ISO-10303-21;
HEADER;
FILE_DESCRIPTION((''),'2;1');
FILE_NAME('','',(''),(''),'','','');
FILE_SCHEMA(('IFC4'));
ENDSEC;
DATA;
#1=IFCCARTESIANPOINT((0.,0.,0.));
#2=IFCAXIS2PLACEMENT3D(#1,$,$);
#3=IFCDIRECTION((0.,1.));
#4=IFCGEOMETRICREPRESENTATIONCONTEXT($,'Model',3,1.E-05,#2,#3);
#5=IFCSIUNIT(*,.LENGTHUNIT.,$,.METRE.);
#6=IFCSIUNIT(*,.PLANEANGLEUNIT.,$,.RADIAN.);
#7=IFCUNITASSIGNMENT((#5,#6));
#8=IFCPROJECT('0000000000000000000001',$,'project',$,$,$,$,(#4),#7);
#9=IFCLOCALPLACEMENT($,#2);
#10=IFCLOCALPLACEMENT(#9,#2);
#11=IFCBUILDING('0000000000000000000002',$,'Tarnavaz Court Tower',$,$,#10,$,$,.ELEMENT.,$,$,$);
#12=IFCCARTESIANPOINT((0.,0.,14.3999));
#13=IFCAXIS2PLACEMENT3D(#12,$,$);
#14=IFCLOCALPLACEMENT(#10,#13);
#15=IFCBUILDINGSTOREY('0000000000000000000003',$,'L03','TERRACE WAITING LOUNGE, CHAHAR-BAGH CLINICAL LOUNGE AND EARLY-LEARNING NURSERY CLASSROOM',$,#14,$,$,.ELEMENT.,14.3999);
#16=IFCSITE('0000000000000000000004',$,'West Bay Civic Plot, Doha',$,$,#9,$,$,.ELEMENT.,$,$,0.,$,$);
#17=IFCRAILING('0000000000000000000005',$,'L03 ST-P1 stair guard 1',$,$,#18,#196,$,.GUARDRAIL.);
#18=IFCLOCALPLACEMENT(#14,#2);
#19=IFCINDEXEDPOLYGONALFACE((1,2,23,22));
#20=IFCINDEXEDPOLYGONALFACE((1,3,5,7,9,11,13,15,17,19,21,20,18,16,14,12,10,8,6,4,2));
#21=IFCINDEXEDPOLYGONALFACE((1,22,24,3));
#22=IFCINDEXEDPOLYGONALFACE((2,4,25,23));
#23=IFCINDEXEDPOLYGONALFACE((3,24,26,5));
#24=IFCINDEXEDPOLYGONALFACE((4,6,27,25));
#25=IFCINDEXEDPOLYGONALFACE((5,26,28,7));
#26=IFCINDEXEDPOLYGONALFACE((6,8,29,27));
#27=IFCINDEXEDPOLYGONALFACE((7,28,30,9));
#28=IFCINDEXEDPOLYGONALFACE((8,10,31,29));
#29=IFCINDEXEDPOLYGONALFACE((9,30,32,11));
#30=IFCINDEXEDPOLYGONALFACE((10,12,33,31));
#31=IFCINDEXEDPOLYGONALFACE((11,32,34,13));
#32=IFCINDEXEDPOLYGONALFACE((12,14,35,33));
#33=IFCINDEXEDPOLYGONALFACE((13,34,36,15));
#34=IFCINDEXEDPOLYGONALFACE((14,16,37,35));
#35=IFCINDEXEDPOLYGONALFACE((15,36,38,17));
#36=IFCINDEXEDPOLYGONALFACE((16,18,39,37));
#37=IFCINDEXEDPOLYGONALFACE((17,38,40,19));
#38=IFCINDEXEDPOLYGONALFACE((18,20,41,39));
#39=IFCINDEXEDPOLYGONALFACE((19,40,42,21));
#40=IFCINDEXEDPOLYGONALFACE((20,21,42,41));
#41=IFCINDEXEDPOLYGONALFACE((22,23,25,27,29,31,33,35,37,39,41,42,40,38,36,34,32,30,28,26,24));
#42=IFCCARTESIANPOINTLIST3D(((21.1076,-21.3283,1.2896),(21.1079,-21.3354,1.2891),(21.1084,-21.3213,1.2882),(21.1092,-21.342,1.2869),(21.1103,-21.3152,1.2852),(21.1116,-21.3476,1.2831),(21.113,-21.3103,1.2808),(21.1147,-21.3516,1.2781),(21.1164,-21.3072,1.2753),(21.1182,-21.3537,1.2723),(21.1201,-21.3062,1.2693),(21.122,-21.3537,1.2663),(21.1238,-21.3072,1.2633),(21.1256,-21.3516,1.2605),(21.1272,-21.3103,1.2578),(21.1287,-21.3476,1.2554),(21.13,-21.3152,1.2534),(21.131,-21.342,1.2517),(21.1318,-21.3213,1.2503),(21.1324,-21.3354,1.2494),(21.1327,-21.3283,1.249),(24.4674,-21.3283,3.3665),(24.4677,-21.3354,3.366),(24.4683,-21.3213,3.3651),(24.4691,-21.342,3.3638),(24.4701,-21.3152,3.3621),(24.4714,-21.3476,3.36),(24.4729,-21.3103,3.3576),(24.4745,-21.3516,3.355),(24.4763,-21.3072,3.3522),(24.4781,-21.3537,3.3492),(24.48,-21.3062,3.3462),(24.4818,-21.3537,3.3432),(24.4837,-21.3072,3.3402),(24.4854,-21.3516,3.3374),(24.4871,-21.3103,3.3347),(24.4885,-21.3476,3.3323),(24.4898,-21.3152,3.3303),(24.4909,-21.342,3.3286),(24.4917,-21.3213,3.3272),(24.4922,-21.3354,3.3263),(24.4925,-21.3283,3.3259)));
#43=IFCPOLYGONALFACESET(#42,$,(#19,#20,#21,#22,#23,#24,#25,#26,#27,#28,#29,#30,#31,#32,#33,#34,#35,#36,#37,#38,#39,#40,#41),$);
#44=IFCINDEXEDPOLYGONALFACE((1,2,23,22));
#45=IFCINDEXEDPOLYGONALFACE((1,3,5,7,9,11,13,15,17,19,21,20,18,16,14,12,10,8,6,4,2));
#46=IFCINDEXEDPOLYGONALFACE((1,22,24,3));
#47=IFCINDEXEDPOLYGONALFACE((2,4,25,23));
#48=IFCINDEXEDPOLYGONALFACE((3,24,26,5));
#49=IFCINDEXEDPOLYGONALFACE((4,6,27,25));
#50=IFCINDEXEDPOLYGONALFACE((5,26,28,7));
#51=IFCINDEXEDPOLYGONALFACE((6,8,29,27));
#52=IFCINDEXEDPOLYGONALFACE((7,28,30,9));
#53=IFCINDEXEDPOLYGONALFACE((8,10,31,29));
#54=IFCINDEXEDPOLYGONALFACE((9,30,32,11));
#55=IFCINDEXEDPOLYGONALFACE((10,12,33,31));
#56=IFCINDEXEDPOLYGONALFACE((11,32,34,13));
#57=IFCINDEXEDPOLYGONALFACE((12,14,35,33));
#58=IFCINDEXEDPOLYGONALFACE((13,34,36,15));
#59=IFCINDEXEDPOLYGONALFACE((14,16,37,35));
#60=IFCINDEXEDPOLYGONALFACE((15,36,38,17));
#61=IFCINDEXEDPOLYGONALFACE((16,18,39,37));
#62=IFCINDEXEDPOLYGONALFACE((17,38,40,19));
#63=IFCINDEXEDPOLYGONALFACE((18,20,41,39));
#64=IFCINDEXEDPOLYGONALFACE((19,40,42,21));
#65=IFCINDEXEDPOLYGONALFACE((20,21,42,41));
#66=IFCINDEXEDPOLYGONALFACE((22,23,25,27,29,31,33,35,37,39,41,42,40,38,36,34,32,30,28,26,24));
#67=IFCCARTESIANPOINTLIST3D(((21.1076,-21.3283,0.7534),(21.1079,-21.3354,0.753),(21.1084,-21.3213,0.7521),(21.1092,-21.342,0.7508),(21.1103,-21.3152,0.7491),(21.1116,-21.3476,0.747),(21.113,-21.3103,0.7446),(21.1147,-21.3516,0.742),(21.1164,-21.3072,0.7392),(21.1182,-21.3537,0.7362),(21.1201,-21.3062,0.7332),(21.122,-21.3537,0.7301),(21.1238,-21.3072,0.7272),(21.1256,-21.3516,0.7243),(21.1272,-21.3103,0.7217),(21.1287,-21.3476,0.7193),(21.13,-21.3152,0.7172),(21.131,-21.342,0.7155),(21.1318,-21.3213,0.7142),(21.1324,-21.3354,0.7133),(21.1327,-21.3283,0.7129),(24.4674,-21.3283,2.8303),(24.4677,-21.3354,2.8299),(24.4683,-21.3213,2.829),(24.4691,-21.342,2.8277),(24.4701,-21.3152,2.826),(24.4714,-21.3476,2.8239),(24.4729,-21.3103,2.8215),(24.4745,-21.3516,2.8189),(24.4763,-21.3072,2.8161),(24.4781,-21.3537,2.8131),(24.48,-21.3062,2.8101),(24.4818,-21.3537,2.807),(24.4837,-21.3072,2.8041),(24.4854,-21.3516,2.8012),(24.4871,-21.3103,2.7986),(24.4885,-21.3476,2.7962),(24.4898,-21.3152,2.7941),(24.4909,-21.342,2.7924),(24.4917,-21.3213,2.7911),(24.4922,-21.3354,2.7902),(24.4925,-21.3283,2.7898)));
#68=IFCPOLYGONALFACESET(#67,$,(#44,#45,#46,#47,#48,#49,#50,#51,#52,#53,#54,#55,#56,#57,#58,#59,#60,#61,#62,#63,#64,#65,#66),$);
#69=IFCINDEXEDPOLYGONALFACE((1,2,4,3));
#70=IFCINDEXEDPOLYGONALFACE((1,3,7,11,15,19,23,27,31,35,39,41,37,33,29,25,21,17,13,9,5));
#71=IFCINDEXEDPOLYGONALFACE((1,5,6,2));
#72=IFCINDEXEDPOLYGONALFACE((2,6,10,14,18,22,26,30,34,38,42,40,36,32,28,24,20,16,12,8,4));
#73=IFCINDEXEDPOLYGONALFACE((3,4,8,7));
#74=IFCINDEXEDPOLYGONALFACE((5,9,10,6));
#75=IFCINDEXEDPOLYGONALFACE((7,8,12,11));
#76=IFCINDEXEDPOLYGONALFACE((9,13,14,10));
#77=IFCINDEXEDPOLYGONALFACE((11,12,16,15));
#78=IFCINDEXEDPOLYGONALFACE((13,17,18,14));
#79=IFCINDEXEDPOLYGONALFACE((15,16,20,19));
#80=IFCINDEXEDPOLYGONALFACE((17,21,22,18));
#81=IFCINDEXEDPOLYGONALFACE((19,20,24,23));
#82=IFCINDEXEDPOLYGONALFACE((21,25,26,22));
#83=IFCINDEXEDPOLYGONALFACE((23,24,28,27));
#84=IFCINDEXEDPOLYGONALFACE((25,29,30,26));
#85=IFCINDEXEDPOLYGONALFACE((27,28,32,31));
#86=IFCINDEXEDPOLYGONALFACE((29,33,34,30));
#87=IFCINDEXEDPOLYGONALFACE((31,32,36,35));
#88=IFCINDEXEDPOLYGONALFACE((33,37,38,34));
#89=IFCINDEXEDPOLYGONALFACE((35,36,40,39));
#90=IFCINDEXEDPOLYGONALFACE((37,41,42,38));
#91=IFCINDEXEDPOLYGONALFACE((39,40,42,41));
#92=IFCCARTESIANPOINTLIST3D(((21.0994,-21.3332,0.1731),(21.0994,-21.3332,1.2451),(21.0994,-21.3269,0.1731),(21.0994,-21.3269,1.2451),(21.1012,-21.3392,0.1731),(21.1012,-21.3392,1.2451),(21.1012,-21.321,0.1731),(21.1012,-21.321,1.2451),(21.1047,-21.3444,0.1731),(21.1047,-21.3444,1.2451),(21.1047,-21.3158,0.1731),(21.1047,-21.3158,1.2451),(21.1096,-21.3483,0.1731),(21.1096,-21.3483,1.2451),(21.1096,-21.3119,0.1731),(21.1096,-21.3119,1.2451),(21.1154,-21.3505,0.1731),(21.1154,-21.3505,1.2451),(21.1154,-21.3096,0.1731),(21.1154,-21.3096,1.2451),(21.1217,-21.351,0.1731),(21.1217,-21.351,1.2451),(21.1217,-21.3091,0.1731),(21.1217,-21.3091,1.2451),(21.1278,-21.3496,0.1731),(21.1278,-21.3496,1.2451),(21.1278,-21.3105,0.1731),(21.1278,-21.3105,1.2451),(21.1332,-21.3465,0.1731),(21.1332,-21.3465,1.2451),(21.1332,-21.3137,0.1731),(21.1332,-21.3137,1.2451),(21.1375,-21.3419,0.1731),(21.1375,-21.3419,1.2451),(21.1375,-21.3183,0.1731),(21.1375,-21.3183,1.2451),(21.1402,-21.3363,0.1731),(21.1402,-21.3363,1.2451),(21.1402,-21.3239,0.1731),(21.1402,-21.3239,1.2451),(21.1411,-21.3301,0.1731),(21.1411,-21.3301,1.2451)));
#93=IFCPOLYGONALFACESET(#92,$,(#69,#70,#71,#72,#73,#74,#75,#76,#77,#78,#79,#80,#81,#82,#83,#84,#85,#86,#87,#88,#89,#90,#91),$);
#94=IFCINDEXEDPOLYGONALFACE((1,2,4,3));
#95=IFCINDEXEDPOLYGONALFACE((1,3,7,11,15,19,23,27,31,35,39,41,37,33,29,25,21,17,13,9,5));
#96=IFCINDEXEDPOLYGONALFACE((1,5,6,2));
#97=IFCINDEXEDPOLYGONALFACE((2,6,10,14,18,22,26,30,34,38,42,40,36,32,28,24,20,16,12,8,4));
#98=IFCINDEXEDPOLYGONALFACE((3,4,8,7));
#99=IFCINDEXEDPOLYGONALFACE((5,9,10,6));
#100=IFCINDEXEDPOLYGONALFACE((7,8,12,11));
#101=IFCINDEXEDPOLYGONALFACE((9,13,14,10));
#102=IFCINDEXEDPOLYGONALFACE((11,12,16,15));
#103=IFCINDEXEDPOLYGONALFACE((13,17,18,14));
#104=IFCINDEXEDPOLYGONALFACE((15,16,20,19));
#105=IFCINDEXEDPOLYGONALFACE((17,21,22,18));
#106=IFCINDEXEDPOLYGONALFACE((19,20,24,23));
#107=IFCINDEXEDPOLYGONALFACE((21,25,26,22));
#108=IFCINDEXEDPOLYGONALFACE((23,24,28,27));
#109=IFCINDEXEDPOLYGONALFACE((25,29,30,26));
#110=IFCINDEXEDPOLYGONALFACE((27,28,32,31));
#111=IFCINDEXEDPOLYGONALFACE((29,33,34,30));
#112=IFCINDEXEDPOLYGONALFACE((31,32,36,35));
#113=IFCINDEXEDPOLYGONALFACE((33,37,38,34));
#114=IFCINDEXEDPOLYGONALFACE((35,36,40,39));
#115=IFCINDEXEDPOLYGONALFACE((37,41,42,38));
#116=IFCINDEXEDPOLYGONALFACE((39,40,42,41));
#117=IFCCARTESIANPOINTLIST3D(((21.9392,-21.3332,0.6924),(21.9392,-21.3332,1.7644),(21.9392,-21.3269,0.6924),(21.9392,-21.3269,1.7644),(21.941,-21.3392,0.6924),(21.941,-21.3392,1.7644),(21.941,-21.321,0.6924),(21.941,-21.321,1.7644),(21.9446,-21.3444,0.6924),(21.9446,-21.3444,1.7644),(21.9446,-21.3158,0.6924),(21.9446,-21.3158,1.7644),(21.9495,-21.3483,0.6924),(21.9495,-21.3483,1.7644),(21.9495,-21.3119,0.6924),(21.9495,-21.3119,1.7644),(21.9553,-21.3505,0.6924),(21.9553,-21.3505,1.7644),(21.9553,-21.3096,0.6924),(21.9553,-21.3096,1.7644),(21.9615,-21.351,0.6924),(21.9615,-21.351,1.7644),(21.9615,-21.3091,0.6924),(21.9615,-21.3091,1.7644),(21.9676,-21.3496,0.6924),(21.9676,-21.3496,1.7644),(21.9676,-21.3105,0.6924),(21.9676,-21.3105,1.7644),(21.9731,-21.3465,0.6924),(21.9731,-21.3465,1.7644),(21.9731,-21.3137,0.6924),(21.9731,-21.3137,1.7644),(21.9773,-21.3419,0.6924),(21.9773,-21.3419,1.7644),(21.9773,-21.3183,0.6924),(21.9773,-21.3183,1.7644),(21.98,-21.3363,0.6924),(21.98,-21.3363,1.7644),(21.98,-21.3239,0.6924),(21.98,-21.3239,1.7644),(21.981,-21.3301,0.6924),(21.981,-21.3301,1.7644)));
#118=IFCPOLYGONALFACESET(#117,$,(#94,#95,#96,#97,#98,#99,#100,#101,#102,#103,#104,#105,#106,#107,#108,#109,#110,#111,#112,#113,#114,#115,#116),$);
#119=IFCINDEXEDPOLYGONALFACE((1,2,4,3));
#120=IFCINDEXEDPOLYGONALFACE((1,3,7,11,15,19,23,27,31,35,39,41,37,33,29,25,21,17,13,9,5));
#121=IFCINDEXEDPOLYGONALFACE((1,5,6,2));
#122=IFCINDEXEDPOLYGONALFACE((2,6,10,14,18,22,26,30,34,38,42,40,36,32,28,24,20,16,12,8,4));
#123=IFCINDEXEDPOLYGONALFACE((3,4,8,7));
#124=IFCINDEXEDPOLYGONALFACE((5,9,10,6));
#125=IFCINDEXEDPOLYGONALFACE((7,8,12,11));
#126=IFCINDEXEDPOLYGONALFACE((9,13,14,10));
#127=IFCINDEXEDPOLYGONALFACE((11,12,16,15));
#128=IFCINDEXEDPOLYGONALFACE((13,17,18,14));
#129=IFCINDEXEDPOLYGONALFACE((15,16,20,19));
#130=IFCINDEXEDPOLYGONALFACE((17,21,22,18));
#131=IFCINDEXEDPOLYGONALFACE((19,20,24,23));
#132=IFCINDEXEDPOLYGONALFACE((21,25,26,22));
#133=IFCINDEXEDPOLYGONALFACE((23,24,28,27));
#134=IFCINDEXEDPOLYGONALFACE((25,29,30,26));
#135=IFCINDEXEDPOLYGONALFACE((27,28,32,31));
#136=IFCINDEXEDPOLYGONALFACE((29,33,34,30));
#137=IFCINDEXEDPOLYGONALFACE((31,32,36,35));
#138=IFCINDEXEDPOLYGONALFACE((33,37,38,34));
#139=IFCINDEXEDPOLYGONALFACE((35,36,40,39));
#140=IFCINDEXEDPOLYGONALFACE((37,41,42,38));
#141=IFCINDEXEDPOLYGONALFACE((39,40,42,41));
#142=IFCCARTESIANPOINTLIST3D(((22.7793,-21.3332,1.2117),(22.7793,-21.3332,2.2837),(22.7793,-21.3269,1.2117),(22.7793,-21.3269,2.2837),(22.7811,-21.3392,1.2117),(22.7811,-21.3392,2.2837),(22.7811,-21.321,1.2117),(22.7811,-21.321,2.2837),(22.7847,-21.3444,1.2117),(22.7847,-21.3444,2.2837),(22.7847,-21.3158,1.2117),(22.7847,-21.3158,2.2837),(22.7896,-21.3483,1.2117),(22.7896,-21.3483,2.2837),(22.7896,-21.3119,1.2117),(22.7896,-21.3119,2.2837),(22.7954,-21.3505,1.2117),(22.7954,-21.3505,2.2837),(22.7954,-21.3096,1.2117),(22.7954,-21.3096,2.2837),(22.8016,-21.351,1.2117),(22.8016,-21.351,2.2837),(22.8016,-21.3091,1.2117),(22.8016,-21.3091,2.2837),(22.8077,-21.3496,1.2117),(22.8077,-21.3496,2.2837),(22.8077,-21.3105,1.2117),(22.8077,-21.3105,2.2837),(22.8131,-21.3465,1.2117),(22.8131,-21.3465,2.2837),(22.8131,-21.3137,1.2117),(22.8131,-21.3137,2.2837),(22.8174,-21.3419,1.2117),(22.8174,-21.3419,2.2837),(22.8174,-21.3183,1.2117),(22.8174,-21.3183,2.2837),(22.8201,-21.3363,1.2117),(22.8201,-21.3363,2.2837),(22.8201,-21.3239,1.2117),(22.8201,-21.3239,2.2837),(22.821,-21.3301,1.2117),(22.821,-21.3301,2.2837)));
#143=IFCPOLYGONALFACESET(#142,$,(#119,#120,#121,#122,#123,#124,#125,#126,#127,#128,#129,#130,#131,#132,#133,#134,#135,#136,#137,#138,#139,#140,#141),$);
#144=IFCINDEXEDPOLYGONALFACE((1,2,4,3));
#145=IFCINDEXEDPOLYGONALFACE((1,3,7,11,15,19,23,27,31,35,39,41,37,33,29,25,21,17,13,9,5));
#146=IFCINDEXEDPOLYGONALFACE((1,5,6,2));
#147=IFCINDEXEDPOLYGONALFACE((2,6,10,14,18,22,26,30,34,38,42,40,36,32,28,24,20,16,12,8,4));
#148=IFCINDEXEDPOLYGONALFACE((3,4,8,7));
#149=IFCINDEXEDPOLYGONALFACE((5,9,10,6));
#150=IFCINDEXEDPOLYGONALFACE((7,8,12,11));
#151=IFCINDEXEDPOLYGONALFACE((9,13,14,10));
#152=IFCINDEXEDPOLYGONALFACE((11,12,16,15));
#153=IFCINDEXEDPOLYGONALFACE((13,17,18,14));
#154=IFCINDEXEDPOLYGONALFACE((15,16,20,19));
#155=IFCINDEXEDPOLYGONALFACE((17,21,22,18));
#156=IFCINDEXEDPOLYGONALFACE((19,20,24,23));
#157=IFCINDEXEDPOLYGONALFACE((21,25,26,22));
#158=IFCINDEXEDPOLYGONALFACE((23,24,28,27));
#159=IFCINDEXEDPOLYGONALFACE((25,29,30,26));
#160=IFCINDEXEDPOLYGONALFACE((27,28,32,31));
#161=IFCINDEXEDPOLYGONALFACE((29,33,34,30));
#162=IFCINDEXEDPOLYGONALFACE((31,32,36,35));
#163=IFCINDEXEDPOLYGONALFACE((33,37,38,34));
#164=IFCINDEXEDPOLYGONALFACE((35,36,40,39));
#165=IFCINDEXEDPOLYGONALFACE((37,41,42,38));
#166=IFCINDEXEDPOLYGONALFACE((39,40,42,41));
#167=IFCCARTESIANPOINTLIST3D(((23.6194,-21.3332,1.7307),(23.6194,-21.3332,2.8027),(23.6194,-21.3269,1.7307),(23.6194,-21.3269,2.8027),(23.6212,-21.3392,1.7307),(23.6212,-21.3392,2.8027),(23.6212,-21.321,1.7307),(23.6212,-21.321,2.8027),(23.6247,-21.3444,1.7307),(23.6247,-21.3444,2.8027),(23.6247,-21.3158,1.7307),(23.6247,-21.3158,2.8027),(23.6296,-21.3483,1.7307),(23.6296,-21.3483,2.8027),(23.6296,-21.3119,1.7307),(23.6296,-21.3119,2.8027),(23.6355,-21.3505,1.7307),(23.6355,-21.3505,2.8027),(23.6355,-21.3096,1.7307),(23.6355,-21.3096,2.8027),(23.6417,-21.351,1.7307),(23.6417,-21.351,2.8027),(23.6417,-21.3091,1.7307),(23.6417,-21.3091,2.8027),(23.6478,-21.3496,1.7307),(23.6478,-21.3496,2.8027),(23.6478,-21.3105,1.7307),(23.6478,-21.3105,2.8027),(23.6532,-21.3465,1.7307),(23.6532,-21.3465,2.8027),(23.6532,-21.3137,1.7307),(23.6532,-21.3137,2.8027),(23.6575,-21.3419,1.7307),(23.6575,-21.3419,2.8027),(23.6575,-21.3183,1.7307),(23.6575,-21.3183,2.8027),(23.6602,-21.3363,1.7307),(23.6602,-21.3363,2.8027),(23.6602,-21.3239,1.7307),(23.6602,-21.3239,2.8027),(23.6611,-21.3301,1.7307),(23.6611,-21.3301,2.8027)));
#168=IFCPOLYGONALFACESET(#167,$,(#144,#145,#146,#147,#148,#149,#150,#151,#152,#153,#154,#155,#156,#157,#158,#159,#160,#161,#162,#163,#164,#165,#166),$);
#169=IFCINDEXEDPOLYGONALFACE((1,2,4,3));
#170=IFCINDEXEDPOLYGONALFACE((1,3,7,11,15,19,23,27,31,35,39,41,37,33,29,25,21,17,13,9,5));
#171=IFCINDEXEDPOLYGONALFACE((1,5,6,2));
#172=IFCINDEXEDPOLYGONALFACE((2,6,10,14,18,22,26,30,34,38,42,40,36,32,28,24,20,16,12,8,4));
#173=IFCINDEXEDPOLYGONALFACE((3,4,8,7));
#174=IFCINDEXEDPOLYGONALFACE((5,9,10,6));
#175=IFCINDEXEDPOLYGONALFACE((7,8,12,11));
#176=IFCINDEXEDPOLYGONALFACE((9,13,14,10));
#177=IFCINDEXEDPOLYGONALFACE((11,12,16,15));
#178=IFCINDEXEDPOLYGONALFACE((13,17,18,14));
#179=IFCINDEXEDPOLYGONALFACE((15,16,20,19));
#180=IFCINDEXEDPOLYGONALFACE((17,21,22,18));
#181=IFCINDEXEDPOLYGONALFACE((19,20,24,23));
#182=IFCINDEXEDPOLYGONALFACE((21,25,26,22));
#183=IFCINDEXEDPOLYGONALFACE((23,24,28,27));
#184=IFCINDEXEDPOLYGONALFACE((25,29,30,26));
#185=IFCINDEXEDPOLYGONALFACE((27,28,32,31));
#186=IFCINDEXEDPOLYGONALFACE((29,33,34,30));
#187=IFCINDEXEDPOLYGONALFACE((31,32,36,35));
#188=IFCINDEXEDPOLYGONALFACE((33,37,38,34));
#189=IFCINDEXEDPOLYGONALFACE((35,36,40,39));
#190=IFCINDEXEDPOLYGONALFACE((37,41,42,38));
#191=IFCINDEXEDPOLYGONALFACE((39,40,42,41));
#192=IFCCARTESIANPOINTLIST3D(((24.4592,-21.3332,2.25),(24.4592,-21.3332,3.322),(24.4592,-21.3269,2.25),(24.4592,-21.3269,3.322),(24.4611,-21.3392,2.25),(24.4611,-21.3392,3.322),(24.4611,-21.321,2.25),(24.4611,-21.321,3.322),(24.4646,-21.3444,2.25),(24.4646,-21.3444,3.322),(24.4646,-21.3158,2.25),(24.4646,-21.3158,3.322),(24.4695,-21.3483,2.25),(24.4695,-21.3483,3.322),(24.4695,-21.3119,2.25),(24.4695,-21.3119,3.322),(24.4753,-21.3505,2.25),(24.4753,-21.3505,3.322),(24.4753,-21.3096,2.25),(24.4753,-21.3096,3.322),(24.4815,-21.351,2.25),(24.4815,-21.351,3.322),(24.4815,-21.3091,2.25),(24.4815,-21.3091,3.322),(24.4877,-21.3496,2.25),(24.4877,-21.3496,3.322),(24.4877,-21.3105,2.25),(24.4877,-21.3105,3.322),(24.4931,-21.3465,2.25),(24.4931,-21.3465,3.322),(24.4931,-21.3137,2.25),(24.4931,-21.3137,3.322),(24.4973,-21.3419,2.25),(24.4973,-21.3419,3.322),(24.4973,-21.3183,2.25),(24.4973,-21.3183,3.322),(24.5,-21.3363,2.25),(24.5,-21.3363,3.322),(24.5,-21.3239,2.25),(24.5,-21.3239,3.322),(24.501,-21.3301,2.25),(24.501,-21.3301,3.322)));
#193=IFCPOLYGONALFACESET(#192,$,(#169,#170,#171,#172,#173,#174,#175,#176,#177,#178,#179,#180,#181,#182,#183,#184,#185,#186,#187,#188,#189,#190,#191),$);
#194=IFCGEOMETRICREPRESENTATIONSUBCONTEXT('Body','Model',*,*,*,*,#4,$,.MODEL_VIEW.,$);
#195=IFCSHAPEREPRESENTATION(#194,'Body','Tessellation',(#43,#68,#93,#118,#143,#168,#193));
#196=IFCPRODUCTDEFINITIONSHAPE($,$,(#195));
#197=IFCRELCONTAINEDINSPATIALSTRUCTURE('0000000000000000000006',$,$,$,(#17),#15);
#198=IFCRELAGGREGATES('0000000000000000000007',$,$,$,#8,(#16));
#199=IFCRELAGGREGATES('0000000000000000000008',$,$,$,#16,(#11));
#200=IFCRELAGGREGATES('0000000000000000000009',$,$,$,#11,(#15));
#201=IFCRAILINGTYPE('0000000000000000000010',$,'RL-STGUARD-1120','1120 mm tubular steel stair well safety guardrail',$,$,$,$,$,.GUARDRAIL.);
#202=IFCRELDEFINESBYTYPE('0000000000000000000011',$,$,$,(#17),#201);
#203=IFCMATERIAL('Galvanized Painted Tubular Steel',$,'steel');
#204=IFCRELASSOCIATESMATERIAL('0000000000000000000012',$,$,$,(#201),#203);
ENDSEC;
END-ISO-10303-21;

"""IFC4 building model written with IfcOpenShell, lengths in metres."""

from ifc_helpers import new_model, si_unit, direction, frame, origin, origin_2d, place, context, subcontext, project, spatial, circle, extrude, material, type_object, element, save


model = new_model("IFC4")

# Units and contexts
model_context = context("Model", 3, precision=1e-05, world=origin(), true_north=direction((0.0, 1.0)))
body_context = subcontext(model_context, "Body", "Model", "MODEL_VIEW")
ifc_project = project(units=[si_unit("LENGTHUNIT", "METRE"), si_unit("PLANEANGLEUNIT", "RADIAN")], contexts=[model_context])

# Site, building, storey
site_placement = place(None, origin())
site = spatial("IfcSite", under=ifc_project, at=site_placement, Name="West Bay Civic Plot, Doha", CompositionType="ELEMENT", RefElevation=0.0)
building_placement = place(site_placement, origin())
building = spatial("IfcBuilding", under=site, at=building_placement, Name="Tarnavaz Court Tower", CompositionType="ELEMENT")
storey_placement = place(building_placement, frame((0.0, 0.0, 14.3999)))
storey = spatial("IfcBuildingStorey", under=building, at=storey_placement, Name="L03", Description="TERRACE WAITING LOUNGE, CHAHAR-BAGH CLINICAL LOUNGE AND EARLY-LEARNING NURSERY CLASSROOM", CompositionType="ELEMENT", Elevation=14.3999)

# Railing
ifc_material_1 = material(Name="Galvanized Painted Tubular Steel", Category="steel")
railing_type_1 = type_object("IfcRailingType", Name="RL-STGUARD-1120", Description="1120 mm tubular steel stair well safety guardrail", PredefinedType="GUARDRAIL", material=ifc_material_1)
railing_1_placement = place(storey_placement, frame((21.1201, -21.3301, 0.1731)))
element("IfcRailing", 1, at=railing_1_placement, inside=storey, type_object=railing_type_1, Name="L03 ST-P1 stair guard 1", PredefinedType="GUARDRAIL", context=body_context, shape_type="SweptSolid", body=[
    extrude(circle(Radius=0.0239, at=origin_2d()), frame((0.0, 0.0, 1.0962), z_axis=(0.850606, 0.0, 0.525803), x_axis=(0.0, 1.0, 0.0)), (0.0, 0.0, 1.0), 3.95),
    extrude(circle(Radius=0.0239, at=origin_2d()), frame((0.0, 0.0, 0.5601), z_axis=(0.850606, 0.0, 0.525803), x_axis=(0.0, 1.0, 0.0)), (0.0, 0.0, 1.0), 3.95),
    extrude(circle(Radius=0.021, at=origin_2d()), origin(), (0.0, 0.0, 1.0), 1.072),
    extrude(circle(Radius=0.021, at=origin_2d()), frame((0.8398, 0.0, 0.5193)), (0.0, 0.0, 1.0), 1.072),
    extrude(circle(Radius=0.021, at=origin_2d()), frame((1.6799, 0.0, 1.0386)), (0.0, 0.0, 1.0), 1.072),
    extrude(circle(Radius=0.021, at=origin_2d()), frame((2.52, 0.0, 1.5576)), (0.0, 0.0, 1.0), 1.072),
    extrude(circle(Radius=0.021, at=origin_2d()), frame((3.3599, 0.0, 2.0769)), (0.0, 0.0, 1.0), 1.072),
])

save(model, "model.ifc")
